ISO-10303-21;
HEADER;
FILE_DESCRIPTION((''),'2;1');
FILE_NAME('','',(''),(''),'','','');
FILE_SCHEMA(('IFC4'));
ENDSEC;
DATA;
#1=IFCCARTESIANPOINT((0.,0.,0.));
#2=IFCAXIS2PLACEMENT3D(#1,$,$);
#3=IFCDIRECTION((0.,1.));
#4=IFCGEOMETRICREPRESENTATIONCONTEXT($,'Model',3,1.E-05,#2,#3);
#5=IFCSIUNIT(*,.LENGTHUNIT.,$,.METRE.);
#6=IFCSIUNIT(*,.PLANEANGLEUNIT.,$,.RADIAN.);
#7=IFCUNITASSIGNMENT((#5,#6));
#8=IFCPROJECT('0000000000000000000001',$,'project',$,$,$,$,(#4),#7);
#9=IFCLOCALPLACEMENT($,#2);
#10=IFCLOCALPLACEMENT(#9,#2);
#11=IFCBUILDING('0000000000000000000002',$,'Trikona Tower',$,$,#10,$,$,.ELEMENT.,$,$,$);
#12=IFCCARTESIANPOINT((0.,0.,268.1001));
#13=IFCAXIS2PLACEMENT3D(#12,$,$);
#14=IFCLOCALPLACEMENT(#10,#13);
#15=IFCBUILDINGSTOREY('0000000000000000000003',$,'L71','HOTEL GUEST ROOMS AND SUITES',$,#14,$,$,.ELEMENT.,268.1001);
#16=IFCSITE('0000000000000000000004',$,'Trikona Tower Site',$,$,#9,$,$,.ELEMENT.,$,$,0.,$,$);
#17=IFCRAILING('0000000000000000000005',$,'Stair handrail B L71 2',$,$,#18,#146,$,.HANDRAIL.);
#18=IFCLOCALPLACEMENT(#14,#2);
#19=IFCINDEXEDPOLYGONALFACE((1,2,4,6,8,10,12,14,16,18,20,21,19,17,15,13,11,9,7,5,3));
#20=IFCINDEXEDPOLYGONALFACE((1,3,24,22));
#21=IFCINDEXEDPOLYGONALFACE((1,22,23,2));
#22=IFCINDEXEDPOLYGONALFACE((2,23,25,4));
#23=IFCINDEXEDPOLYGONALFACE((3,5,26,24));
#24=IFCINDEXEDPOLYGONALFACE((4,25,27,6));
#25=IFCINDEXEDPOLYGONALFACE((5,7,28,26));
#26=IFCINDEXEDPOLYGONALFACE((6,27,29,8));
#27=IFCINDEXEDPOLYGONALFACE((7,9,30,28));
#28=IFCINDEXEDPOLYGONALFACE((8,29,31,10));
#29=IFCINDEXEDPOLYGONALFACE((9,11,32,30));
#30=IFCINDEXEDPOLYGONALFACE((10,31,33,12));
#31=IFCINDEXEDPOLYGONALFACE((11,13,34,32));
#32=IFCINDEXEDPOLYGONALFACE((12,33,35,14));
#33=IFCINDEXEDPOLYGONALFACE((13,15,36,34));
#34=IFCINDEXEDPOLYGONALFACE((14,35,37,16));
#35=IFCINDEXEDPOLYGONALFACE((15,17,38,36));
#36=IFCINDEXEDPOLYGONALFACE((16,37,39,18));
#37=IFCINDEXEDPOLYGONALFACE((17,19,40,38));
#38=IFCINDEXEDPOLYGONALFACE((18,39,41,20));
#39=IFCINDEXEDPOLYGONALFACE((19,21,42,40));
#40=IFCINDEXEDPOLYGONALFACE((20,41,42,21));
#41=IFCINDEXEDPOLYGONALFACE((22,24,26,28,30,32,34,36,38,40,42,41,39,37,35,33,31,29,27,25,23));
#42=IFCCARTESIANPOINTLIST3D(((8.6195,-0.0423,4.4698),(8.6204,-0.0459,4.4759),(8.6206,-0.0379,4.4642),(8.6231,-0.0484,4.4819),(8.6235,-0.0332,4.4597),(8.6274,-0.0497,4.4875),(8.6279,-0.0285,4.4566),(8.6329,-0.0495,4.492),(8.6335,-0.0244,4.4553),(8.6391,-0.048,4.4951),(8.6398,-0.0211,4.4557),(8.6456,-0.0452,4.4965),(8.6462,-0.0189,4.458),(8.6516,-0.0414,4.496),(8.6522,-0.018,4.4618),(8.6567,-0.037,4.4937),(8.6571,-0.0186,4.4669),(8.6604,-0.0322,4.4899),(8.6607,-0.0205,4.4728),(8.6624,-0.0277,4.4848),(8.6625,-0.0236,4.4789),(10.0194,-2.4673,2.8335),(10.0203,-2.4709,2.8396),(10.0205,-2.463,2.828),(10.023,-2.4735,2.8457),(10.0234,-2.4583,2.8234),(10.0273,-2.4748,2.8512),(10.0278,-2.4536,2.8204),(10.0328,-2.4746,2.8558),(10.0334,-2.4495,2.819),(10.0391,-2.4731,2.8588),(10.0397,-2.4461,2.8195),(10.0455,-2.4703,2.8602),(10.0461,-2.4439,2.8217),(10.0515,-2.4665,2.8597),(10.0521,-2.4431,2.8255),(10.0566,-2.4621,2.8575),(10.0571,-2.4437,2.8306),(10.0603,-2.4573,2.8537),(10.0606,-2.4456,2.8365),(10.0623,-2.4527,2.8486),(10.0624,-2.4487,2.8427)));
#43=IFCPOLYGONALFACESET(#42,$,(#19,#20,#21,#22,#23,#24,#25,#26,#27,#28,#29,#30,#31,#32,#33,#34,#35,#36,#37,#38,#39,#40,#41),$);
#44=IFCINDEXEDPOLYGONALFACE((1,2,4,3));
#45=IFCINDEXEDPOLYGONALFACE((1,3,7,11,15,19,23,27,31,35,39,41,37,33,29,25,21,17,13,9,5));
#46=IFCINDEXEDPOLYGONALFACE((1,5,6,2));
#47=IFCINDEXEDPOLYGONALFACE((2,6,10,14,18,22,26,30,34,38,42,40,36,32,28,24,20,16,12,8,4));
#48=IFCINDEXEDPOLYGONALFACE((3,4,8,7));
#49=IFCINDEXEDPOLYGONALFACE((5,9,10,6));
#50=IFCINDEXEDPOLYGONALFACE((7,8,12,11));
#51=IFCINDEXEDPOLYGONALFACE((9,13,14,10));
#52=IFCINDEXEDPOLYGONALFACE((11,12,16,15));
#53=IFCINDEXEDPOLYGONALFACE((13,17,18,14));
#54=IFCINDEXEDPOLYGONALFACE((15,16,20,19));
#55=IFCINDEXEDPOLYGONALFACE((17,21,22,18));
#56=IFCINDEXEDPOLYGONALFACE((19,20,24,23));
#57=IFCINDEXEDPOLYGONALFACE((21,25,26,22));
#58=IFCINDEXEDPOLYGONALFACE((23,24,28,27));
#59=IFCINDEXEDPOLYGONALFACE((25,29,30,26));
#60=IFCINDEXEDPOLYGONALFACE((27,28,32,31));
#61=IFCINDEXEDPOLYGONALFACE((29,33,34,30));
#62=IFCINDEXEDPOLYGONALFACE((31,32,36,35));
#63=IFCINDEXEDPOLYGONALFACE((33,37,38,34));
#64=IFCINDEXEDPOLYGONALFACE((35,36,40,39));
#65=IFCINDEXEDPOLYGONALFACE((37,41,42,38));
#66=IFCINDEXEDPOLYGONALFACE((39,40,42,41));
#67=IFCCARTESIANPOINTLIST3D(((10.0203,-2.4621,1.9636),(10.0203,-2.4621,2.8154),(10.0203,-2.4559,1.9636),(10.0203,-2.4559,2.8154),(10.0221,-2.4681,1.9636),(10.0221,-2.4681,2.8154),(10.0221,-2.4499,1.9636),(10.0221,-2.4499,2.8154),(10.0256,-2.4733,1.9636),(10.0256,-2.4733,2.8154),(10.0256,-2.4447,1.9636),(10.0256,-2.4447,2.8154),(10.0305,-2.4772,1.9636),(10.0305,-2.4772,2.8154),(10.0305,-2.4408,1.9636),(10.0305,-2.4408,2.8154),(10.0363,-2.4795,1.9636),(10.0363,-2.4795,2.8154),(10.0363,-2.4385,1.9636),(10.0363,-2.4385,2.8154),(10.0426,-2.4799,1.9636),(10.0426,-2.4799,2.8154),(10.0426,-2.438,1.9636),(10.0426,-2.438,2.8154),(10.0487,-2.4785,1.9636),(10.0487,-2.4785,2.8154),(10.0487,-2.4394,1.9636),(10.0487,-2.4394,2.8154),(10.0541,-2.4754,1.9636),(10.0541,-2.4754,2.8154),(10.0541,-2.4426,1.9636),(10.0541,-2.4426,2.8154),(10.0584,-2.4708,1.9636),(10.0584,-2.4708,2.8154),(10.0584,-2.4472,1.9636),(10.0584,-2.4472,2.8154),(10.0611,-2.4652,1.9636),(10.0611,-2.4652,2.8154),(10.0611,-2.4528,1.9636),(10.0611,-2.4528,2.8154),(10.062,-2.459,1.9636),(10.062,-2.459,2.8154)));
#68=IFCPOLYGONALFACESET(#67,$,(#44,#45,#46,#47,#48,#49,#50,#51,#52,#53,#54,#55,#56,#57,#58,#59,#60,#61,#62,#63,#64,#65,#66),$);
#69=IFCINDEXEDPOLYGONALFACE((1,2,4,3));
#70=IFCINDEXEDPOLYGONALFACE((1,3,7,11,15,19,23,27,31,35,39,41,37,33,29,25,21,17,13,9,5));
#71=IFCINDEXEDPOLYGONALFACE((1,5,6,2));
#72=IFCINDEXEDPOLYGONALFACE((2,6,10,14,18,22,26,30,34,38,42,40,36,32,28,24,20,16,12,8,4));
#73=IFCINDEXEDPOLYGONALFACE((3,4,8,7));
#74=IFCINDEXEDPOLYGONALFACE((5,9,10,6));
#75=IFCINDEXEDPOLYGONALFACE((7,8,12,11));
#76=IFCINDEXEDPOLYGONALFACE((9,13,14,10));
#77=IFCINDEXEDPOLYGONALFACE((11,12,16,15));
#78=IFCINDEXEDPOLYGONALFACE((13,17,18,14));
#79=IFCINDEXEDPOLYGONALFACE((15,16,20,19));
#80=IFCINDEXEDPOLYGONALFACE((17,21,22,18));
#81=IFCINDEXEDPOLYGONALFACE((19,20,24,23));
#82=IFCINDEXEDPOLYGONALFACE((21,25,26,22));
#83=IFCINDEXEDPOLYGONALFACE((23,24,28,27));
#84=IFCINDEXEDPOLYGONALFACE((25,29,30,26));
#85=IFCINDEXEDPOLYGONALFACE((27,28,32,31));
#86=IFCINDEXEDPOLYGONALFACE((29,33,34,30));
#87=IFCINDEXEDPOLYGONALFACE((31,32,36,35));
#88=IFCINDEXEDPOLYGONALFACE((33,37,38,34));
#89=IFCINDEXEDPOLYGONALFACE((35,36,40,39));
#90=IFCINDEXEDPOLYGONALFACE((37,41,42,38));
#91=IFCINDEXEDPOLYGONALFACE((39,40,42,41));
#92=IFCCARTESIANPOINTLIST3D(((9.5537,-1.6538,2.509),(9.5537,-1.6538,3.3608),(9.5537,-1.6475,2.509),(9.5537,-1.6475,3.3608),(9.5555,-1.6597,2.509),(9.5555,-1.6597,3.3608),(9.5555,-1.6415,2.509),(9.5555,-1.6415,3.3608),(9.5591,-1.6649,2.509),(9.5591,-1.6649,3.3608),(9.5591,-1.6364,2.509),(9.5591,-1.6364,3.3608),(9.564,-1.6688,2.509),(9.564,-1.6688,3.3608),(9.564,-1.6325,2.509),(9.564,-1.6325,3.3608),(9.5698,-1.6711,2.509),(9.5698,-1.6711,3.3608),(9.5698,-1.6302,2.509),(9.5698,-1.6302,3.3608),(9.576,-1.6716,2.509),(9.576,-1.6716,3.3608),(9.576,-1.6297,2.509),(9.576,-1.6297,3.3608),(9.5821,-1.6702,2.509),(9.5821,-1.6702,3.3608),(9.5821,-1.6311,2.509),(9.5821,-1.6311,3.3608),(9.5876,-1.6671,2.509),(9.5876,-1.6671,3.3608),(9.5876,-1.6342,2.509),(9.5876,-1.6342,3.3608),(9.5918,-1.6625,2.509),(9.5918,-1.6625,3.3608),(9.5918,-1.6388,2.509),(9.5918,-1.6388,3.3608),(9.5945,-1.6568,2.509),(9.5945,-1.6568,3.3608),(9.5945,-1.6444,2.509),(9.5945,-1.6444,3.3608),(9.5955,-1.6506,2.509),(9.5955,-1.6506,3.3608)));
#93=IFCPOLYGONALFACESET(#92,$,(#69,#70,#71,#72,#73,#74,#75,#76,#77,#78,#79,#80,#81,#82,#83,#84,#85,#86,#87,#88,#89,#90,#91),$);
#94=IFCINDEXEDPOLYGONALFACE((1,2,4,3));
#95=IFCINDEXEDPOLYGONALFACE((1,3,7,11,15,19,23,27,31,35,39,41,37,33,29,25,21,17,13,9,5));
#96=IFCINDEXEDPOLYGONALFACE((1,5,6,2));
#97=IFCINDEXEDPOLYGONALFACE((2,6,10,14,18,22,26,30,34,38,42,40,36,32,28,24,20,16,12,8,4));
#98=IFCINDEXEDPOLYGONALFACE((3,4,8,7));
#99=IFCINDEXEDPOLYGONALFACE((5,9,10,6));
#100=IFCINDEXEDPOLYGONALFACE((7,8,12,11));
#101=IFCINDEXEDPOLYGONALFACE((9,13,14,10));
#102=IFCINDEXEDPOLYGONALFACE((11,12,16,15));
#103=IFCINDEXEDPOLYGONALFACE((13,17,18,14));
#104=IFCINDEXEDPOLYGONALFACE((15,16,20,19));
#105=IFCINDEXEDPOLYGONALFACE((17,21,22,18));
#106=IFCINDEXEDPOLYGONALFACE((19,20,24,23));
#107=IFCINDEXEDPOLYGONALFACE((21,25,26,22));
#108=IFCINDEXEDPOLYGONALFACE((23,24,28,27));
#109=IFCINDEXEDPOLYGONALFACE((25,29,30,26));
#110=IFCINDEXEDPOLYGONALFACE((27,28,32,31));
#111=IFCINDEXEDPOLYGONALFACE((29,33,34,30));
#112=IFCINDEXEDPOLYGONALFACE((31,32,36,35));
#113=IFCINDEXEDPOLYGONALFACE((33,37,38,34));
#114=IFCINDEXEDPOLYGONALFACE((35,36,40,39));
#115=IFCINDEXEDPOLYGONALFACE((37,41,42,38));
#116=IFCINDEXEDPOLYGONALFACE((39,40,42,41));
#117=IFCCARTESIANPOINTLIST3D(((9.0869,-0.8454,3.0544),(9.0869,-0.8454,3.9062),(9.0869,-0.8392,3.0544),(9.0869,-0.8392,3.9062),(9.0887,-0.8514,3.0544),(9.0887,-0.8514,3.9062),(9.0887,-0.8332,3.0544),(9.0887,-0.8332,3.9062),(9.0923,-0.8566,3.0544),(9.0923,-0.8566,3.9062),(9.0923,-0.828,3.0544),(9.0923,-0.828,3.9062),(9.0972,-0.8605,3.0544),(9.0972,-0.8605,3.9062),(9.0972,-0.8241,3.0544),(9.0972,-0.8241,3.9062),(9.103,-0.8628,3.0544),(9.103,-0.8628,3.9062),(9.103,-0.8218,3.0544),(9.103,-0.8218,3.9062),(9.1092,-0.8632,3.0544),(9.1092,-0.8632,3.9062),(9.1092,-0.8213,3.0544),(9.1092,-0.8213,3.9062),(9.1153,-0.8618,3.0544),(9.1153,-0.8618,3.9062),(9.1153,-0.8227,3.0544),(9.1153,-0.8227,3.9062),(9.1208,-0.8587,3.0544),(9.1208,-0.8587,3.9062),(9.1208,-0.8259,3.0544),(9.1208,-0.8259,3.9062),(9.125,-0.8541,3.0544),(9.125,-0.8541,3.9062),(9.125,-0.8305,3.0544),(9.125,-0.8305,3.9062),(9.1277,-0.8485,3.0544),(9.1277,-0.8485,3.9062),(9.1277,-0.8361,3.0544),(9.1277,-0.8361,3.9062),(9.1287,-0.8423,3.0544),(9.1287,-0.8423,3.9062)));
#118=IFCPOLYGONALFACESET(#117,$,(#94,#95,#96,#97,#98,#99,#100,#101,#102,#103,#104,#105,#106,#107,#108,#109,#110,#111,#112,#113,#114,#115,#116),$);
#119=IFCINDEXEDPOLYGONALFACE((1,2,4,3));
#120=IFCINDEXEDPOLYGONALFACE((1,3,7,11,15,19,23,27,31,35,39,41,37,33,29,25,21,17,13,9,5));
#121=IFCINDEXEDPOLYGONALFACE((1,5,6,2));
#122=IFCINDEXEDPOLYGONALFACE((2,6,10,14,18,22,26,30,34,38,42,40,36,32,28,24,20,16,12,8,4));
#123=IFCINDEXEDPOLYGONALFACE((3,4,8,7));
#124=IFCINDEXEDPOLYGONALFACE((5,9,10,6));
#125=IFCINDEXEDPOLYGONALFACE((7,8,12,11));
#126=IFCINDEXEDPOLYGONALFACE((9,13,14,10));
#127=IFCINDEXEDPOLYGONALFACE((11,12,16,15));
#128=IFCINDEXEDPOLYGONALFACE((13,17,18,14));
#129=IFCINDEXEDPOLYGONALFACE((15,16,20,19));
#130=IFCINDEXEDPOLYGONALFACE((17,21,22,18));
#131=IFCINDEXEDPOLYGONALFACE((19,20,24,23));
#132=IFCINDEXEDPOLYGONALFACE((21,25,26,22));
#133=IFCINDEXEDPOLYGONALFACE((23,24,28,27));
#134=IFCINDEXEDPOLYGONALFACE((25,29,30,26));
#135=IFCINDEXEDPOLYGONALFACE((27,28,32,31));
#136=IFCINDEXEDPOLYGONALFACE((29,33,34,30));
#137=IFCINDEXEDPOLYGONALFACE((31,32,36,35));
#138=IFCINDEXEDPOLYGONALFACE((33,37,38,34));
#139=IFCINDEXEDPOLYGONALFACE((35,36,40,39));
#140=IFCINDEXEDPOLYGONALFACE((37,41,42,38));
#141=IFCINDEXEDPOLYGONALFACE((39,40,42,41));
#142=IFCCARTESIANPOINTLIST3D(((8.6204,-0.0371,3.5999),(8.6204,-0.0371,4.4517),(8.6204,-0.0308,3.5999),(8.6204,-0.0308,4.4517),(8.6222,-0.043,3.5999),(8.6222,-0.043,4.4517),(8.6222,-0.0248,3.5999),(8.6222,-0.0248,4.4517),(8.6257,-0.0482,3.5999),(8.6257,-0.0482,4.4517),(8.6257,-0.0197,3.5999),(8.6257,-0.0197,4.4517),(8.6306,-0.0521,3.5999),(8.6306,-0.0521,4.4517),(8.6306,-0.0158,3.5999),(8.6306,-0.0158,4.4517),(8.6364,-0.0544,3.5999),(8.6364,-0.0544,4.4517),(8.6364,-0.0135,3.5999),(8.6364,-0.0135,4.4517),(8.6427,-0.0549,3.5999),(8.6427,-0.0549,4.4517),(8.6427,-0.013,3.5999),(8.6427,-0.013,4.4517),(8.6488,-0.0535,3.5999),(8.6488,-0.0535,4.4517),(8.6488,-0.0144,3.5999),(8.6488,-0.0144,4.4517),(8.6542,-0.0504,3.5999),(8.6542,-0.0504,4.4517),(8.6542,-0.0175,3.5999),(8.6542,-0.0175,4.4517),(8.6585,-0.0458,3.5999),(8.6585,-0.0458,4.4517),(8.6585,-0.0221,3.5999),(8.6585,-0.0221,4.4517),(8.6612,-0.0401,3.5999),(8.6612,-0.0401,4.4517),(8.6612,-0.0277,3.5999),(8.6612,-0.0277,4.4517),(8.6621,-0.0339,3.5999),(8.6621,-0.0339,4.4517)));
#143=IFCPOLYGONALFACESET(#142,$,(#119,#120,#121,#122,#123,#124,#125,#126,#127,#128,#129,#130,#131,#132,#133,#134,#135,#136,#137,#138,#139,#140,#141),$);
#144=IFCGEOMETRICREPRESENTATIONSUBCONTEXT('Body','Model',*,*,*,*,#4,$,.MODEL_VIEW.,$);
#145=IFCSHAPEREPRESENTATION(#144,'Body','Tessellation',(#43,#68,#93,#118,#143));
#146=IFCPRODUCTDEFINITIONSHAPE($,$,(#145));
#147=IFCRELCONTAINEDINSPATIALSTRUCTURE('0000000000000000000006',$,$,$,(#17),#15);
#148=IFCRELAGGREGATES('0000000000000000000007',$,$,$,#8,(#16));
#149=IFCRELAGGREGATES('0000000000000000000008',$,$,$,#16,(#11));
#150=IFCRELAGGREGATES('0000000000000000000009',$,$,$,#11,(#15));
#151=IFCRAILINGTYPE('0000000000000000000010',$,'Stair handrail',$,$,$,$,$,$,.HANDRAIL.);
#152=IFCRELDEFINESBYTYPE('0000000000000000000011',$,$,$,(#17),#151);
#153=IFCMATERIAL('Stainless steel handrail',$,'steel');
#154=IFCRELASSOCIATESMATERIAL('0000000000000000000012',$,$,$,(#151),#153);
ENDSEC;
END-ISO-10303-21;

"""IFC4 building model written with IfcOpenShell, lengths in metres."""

from ifc_helpers import new_model, si_unit, direction, frame, origin, origin_2d, place, context, subcontext, project, spatial, circle, extrude, material, type_object, element, save


model = new_model("IFC4")

# Units and contexts
model_context = context("Model", 3, precision=1e-05, world=origin(), true_north=direction((0.0, 1.0)))
body_context = subcontext(model_context, "Body", "Model", "MODEL_VIEW")
ifc_project = project(units=[si_unit("LENGTHUNIT", "METRE"), si_unit("PLANEANGLEUNIT", "RADIAN")], contexts=[model_context])

# Site, building, storey
site_placement = place(None, origin())
site = spatial("IfcSite", under=ifc_project, at=site_placement, Name="Trikona Tower Site", CompositionType="ELEMENT", RefElevation=0.0)
building_placement = place(site_placement, origin())
building = spatial("IfcBuilding", under=site, at=building_placement, Name="Trikona Tower", CompositionType="ELEMENT")
storey_placement = place(building_placement, frame((0.0, 0.0, 268.1001)))
storey = spatial("IfcBuildingStorey", under=building, at=storey_placement, Name="L71", Description="HOTEL GUEST ROOMS AND SUITES", CompositionType="ELEMENT", Elevation=268.1001)

# Railing
ifc_material_1 = material(Name="Stainless steel handrail", Category="steel")
railing_type = type_object("IfcRailingType", Name="Stair handrail", PredefinedType="HANDRAIL", material=ifc_material_1)
railing_placement = place(storey_placement, frame((10.041, -2.459, 1.9636)))
element("IfcRailing", 1, at=railing_placement, inside=storey, type_object=railing_type, Name="Stair handrail B L71 2", PredefinedType="HANDRAIL", context=body_context, shape_type="SweptSolid", body=[
    extrude(circle(Radius=0.0239, at=origin_2d()), frame((0.0, 0.0, 0.876), z_axis=(-0.431653, 0.747751, 0.504523), x_axis=(-0.866056, -0.499946, 0.0)), (0.0, 0.0, 1.0), 3.2432),
    extrude(circle(Radius=0.021, at=origin_2d()), origin(), (0.0, 0.0, 1.0), 0.8518),
    extrude(circle(Radius=0.021, at=origin_2d()), frame((-0.4666, 0.8083, 0.5454)), (0.0, 0.0, 1.0), 0.8518),
    extrude(circle(Radius=0.021, at=origin_2d()), frame((-0.9333, 1.6167, 1.0908)), (0.0, 0.0, 1.0), 0.8518),
    extrude(circle(Radius=0.021, at=origin_2d()), frame((-1.3999, 2.425, 1.6362)), (0.0, 0.0, 1.0), 0.8518),
])

save(model, "model.ifc")
